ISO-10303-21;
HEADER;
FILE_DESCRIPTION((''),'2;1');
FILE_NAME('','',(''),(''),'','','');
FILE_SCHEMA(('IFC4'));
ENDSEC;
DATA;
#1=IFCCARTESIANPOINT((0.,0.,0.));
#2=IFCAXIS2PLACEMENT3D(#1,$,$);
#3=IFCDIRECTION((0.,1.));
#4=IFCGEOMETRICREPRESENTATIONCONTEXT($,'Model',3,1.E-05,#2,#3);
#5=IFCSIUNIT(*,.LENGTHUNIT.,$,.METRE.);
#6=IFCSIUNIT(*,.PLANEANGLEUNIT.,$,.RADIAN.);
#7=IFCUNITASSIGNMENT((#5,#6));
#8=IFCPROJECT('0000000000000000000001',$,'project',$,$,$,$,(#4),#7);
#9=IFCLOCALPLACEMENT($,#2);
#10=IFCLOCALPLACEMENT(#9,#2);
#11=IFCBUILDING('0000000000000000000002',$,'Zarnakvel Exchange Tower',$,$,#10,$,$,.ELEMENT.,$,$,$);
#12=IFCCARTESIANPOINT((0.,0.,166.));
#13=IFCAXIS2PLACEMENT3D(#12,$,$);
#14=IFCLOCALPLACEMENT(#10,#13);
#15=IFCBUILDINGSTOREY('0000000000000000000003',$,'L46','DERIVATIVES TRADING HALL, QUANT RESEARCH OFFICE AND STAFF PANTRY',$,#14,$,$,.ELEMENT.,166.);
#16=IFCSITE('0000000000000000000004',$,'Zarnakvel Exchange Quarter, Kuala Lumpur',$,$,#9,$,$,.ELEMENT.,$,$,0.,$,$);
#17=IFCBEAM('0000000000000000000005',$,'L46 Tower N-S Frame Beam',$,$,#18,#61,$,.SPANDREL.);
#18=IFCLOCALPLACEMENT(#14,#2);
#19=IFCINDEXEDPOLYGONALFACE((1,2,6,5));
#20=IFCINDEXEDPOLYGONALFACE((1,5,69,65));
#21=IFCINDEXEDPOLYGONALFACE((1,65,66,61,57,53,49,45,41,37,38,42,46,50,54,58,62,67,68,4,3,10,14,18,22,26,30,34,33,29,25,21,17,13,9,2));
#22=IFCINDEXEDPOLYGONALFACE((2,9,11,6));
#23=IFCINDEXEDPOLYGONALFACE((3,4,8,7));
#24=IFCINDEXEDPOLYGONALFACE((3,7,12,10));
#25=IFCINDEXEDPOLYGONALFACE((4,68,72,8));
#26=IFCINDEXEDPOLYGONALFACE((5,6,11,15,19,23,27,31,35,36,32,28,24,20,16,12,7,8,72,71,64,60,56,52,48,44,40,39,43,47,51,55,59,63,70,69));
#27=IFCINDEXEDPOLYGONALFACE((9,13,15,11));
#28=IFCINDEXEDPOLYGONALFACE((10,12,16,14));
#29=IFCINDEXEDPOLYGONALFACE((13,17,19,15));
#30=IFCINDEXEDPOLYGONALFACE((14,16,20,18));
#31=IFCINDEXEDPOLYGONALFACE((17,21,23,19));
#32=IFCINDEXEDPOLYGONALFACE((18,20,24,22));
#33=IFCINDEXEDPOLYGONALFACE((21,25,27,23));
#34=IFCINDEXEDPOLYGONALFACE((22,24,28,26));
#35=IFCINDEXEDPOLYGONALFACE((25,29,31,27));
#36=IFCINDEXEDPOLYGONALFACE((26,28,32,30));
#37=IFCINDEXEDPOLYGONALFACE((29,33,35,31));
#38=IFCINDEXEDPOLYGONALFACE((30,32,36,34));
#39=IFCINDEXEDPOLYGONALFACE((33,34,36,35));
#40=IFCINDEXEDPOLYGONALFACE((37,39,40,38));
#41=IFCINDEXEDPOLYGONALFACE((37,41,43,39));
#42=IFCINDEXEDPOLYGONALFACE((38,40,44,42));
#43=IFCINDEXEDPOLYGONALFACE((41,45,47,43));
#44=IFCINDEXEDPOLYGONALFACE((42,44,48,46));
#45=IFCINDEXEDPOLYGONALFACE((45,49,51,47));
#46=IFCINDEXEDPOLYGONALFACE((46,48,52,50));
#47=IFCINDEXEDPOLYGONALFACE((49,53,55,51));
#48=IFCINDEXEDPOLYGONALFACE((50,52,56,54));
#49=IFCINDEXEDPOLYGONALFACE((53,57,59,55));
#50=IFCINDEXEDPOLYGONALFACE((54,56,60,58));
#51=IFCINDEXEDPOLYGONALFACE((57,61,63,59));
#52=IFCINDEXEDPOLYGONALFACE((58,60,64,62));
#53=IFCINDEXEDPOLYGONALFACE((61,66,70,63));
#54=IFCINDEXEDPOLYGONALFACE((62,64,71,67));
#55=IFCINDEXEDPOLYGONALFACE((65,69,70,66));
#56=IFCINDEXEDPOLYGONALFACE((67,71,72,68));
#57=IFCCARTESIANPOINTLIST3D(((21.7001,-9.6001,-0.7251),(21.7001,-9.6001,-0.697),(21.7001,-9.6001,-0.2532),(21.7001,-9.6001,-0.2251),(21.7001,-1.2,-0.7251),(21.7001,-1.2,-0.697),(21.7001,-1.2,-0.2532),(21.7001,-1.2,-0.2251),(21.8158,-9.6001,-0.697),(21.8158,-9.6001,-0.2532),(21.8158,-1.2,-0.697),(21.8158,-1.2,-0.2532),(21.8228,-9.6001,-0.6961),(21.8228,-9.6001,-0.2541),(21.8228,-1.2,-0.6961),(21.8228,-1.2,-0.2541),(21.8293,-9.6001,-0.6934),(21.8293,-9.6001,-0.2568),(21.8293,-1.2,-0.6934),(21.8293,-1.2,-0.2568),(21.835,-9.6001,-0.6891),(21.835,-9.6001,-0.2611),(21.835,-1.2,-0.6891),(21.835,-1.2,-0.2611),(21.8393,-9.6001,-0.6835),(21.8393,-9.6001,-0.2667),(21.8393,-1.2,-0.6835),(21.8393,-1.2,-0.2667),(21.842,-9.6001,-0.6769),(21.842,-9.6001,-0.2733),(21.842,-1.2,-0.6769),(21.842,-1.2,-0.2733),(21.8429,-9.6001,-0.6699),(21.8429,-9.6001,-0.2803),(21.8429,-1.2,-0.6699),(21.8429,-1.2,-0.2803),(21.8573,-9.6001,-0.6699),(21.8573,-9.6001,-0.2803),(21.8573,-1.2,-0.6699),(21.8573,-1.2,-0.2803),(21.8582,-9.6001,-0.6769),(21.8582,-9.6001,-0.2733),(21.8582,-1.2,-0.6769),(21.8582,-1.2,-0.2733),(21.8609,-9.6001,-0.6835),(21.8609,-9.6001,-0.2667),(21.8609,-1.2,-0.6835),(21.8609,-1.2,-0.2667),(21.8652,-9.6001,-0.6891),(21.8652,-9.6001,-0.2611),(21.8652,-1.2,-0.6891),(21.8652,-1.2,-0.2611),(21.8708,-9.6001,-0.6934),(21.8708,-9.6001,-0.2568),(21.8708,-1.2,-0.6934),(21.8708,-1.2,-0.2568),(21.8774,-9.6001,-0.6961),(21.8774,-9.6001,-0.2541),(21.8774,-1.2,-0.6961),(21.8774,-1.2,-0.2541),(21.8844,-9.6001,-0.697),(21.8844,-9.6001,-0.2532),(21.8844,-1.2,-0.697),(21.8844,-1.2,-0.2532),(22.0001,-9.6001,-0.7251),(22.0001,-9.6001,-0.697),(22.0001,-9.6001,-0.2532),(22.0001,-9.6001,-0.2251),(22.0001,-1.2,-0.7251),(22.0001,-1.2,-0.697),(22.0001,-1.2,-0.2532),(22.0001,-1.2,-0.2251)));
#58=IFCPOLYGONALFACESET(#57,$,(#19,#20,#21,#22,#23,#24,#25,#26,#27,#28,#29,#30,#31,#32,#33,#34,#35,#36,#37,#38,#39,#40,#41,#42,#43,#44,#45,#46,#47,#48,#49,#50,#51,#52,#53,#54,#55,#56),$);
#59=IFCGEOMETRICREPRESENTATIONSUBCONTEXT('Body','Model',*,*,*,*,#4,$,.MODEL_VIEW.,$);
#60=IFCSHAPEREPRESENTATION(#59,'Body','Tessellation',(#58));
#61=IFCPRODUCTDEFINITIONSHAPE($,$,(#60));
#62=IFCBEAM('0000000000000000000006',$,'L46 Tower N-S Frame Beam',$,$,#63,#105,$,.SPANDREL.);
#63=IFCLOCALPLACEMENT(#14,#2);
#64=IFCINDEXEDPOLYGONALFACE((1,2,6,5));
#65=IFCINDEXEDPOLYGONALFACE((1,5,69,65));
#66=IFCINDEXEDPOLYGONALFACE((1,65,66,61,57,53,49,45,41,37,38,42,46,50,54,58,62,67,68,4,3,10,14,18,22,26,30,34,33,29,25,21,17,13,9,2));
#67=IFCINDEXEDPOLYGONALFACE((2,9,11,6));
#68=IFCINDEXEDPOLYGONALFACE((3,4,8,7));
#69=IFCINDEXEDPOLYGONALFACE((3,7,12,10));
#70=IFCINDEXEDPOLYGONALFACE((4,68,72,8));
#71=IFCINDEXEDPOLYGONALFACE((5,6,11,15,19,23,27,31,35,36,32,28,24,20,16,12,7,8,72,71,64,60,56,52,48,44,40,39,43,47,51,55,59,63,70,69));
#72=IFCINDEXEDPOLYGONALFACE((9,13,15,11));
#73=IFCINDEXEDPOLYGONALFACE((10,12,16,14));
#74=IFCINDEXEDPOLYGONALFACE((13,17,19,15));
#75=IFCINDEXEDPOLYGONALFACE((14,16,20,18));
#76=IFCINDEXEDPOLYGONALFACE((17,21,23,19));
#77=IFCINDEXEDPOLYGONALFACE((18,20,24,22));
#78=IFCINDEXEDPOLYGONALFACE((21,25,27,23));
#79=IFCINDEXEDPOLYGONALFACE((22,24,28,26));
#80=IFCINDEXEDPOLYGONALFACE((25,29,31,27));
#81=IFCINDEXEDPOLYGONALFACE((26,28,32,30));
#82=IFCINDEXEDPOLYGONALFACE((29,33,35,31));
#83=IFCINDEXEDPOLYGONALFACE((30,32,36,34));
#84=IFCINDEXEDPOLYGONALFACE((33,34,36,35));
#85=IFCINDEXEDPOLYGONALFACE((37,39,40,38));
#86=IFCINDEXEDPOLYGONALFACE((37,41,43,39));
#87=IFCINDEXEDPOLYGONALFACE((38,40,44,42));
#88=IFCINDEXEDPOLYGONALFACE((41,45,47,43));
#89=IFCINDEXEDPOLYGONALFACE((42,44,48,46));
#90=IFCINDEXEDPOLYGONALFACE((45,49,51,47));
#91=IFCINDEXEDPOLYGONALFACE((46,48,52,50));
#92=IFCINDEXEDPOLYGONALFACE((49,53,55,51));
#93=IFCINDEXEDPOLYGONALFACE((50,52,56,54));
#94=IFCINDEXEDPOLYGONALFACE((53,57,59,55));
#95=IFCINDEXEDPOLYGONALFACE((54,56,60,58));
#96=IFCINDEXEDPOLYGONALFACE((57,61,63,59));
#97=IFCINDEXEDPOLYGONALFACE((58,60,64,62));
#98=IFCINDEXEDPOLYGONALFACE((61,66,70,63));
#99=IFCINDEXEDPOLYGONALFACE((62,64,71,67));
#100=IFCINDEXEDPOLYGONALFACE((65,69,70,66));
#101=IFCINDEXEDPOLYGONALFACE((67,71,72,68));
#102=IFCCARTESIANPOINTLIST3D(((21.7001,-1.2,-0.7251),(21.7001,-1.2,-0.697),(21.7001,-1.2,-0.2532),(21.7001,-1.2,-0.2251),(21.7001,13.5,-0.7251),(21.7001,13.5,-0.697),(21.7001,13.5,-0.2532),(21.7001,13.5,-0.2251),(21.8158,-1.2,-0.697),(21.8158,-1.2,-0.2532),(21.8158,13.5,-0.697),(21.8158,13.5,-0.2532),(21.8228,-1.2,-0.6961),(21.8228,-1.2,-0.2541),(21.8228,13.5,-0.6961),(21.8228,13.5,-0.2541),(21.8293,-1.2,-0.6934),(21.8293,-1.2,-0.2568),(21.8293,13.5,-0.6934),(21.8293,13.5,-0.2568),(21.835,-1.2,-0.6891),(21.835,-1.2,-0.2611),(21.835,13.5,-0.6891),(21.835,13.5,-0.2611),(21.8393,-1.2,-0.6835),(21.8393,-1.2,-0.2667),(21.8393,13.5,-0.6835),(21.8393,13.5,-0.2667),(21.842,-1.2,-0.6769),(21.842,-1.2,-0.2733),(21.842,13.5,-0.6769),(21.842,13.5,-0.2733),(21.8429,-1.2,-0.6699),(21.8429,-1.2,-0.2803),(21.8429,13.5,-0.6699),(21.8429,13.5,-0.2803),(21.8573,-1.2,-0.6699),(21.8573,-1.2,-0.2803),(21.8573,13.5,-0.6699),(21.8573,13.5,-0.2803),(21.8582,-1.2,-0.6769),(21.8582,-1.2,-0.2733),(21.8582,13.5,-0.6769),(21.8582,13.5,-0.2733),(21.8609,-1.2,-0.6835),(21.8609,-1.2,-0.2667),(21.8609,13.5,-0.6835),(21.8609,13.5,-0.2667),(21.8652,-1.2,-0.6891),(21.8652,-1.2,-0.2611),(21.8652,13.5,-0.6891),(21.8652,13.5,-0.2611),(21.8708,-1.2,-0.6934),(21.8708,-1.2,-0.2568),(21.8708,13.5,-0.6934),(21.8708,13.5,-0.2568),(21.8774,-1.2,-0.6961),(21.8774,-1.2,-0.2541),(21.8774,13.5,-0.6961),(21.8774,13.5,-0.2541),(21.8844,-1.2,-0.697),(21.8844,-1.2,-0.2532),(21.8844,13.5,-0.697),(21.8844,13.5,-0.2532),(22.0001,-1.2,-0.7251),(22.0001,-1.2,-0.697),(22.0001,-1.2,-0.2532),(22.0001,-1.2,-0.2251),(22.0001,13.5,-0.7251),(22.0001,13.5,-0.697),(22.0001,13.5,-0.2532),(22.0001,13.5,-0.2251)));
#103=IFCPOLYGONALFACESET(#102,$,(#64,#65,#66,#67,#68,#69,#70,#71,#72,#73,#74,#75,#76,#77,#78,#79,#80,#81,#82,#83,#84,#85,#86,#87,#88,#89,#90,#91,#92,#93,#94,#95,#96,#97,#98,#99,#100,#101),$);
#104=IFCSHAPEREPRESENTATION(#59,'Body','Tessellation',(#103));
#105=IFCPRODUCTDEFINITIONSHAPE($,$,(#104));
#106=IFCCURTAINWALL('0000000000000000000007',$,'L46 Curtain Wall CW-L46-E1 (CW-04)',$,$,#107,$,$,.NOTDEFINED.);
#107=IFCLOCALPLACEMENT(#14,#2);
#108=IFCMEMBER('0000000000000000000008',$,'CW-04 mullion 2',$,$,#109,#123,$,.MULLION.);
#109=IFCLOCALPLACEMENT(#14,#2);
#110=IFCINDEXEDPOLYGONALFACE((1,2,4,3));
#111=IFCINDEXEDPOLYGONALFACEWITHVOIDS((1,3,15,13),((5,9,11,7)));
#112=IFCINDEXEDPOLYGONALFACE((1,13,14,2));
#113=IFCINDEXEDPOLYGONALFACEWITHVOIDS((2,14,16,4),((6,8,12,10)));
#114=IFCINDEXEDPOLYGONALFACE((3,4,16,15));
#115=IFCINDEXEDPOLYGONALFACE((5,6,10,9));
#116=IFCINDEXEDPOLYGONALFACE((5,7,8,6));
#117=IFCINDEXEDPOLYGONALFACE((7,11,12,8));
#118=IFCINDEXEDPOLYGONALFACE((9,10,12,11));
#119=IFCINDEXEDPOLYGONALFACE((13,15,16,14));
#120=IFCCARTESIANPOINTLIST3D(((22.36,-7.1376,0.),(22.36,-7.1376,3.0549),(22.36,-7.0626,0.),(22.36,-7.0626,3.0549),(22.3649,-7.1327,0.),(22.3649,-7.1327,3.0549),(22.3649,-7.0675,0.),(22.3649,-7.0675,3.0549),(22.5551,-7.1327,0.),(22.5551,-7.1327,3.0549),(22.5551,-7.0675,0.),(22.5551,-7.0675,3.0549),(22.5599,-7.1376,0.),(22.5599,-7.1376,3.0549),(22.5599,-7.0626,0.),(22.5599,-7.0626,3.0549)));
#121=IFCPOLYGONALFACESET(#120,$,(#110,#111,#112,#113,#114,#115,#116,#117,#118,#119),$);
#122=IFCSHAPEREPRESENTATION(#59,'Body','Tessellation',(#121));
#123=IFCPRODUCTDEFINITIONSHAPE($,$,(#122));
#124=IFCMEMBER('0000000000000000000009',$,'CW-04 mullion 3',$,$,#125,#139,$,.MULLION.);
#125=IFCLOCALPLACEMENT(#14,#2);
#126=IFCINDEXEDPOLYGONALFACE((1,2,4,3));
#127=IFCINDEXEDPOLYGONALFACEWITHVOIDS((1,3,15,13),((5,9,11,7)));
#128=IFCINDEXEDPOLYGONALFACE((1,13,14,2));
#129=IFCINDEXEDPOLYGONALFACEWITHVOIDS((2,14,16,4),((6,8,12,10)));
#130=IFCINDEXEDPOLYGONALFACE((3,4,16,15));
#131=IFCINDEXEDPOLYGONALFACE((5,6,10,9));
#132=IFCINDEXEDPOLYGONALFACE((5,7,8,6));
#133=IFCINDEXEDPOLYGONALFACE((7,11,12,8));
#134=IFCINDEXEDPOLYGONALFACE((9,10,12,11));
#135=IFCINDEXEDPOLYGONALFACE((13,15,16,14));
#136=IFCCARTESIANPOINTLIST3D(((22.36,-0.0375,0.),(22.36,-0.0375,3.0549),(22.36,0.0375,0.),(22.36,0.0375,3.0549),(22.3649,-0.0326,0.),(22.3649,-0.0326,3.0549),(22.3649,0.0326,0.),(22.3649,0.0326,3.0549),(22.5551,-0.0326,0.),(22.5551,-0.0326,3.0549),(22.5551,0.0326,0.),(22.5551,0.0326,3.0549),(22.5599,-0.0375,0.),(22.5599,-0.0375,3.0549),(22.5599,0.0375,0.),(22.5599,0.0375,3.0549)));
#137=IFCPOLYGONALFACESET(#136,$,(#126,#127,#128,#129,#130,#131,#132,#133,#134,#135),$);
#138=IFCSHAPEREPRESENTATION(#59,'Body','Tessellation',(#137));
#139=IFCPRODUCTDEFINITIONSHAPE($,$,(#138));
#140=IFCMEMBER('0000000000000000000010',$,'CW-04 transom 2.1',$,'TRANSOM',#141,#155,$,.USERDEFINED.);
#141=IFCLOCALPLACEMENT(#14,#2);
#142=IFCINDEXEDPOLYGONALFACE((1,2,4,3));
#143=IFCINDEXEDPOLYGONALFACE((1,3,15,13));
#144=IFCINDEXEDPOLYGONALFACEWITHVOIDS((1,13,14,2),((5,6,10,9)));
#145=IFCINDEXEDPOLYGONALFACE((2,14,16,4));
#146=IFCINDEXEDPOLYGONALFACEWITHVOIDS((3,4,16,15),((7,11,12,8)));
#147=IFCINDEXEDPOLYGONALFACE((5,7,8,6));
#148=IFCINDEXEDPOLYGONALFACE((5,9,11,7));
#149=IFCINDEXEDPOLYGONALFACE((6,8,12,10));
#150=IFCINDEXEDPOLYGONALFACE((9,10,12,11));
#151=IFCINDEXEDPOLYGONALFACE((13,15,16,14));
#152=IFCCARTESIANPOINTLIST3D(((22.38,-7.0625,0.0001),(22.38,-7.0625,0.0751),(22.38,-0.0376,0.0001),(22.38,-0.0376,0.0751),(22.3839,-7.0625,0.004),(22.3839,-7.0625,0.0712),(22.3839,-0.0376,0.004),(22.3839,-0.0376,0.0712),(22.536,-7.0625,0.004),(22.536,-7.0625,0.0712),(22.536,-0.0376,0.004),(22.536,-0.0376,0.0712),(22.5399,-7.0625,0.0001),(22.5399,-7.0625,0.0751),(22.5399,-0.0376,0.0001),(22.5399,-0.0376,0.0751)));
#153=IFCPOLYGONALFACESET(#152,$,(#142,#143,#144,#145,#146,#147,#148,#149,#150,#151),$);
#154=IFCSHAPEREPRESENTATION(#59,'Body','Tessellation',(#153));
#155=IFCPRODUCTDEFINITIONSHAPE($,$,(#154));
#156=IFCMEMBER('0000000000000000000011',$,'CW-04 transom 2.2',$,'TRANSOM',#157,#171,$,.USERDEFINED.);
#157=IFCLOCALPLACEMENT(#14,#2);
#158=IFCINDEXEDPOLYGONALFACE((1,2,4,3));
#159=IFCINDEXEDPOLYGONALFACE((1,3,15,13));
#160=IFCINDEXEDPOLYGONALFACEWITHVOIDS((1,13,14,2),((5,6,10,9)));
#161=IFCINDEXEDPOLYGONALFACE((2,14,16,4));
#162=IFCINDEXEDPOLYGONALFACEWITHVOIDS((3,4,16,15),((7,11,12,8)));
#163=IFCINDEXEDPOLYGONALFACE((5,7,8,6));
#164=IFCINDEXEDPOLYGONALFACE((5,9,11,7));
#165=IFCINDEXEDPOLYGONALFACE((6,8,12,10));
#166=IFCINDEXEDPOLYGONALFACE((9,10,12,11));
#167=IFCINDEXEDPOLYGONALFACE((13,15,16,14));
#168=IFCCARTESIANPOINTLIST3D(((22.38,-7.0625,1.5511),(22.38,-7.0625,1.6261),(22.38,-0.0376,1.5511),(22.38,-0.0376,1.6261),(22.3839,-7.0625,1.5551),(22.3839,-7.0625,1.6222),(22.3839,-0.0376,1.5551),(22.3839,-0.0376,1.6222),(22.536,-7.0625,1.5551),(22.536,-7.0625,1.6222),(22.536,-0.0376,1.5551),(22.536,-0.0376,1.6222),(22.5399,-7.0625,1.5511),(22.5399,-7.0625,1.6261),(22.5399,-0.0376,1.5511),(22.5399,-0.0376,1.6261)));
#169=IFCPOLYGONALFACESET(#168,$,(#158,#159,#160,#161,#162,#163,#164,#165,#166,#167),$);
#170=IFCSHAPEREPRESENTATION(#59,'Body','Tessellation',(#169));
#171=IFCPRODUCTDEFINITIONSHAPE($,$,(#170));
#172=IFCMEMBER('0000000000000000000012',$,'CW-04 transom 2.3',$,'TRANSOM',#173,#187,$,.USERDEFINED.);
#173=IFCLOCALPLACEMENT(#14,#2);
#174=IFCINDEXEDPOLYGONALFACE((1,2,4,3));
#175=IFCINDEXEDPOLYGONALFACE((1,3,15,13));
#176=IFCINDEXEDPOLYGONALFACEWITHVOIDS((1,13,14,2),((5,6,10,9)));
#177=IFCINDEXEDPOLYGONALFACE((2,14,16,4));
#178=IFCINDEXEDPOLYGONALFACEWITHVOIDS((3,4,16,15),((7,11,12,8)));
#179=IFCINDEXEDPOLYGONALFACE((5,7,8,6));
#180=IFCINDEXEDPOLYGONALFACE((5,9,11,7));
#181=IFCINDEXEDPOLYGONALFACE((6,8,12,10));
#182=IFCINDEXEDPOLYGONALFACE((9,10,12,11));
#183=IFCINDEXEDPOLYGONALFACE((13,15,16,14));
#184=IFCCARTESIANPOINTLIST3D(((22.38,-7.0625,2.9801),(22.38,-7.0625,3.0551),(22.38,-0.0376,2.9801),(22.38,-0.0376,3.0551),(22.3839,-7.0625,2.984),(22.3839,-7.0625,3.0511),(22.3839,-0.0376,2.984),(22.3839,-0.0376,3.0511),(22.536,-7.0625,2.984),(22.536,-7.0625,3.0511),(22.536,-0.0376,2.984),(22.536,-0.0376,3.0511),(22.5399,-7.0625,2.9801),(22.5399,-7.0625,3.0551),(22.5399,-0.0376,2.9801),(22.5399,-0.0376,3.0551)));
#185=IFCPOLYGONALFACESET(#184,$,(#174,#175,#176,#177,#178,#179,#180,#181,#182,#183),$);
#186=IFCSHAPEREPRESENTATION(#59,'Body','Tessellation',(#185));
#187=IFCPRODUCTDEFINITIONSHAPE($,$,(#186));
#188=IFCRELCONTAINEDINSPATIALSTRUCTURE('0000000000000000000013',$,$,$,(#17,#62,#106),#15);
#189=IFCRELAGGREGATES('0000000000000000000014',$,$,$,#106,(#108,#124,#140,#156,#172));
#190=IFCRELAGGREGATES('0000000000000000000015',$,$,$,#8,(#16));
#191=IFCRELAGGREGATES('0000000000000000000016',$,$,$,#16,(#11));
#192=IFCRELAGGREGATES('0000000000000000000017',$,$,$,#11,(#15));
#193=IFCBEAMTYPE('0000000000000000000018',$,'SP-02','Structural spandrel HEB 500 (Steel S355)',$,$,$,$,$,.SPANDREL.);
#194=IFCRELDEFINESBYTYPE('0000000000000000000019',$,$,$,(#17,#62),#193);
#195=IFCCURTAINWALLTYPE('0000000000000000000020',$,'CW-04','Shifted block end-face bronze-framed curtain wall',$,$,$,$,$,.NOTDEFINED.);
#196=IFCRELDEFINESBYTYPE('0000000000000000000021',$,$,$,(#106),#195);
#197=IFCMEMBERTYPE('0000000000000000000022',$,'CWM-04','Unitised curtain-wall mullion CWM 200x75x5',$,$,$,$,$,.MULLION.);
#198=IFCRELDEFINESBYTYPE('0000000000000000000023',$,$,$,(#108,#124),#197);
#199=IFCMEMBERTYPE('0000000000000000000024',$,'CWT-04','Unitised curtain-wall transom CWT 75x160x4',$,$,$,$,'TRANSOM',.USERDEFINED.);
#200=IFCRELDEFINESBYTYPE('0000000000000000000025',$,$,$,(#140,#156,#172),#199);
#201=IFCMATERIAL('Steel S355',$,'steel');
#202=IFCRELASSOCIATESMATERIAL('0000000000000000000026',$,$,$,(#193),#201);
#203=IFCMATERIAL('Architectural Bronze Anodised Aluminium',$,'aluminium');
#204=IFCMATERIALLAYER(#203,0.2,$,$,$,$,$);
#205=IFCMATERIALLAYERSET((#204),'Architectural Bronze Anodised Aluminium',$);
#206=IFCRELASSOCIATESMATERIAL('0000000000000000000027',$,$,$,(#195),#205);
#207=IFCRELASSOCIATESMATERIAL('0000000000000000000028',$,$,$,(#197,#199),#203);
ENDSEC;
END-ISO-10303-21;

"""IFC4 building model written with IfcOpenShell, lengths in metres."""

from ifc_helpers import new_model, si_unit, direction, frame, origin, origin_2d, place, context, subcontext, project, spatial, hollow_rectangle, i_section, extrude, source, transform, mapped, material, layer, layer_set, material_profile, profile_set, type_object, element, aggregate, save


model = new_model("IFC4")

# Units and contexts
model_context = context("Model", 3, precision=1e-05, world=origin(), true_north=direction((0.0, 1.0)))
body_context = subcontext(model_context, "Body", "Model", "MODEL_VIEW")
ifc_project = project(units=[si_unit("LENGTHUNIT", "METRE"), si_unit("PLANEANGLEUNIT", "RADIAN")], contexts=[model_context])

# Site, building, storey
site_placement = place(None, origin())
site = spatial("IfcSite", under=ifc_project, at=site_placement, Name="Zarnakvel Exchange Quarter, Kuala Lumpur", CompositionType="ELEMENT", RefElevation=0.0)
building_placement = place(site_placement, origin())
building = spatial("IfcBuilding", under=site, at=building_placement, Name="Zarnakvel Exchange Tower", CompositionType="ELEMENT")
storey_placement = place(building_placement, frame((0.0, 0.0, 166.0)))
storey = spatial("IfcBuildingStorey", under=building, at=storey_placement, Name="L46", Description="DERIVATIVES TRADING HALL, QUANT RESEARCH OFFICE AND STAFF PANTRY", CompositionType="ELEMENT", Elevation=166.0)

# Shared definitions
ifc_material_1 = material(Name="Steel S355", Category="steel")

# Beams
ifc_material_profile_1 = material_profile(ifc_material_1, i_section(OverallWidth=0.3, OverallDepth=0.5, WebThickness=0.0144, FlangeThickness=0.0281, FilletRadius=0.0271, at=origin_2d()))
ifc_profile_set_1 = profile_set([ifc_material_profile_1], Name="Steel S355")
beam_type_1 = type_object("IfcBeamType", Name="SP-02", Description="Structural spandrel HEB 500 (Steel S355)", PredefinedType="SPANDREL", material=ifc_profile_set_1)
beam_1_placement = place(storey_placement, frame((21.8501, -9.6001, -0.4751), z_axis=(0.0, 1.0, 0.0), x_axis=(-1.0, 0.0, 0.0)))
element("IfcBeam", 1, at=beam_1_placement, inside=storey, type_object=beam_type_1, Name="L46 Tower N-S Frame Beam", PredefinedType="SPANDREL", context=body_context, shape_type="SweptSolid", body=[
    extrude(i_section(OverallWidth=0.3, OverallDepth=0.5, WebThickness=0.0144, FlangeThickness=0.0281, FilletRadius=0.0271, at=origin_2d()), origin(), (0.0, 0.0, 1.0), 8.4001),
])
beam_2_placement = place(storey_placement, frame((21.8501, -1.2, -0.4751), z_axis=(0.0, 1.0, 0.0), x_axis=(-1.0, 0.0, 0.0)))
element("IfcBeam", 2, at=beam_2_placement, inside=storey, type_object=beam_type_1, Name="L46 Tower N-S Frame Beam", PredefinedType="SPANDREL", context=body_context, shape_type="SweptSolid", body=[
    extrude(i_section(OverallWidth=0.3, OverallDepth=0.5, WebThickness=0.0144, FlangeThickness=0.0281, FilletRadius=0.0271, at=origin_2d()), origin(), (0.0, 0.0, 1.0), 14.7),
])

# Curtain wall, members
ifc_material_2 = material(Name="Architectural Bronze Anodised Aluminium", Category="aluminium")
ifc_layer_1 = layer(ifc_material_2, 0.2)
ifc_layer_set_1 = layer_set([ifc_layer_1], Name="Architectural Bronze Anodised Aluminium")
curtain_wall_type = type_object("IfcCurtainWallType", Name="CW-04", Description="Shifted block end-face bronze-framed curtain wall", PredefinedType="NOTDEFINED", material=ifc_layer_set_1)
curtain_wall_placement = place(storey_placement, origin())
curtain_wall = element("IfcCurtainWall", 3, at=curtain_wall_placement, inside=storey, type_object=curtain_wall_type, Name="L46 Curtain Wall CW-L46-E1 (CW-04)", PredefinedType="NOTDEFINED")
ifc_material_profile_2 = material_profile(ifc_material_2, hollow_rectangle(XDim=0.2, YDim=0.075, WallThickness=0.0049, at=origin_2d()))
ifc_profile_set_2 = profile_set([ifc_material_profile_2], Name="Architectural Bronze Anodised Aluminium")
member_type_1 = type_object("IfcMemberType", Name="CWM-04", Description="Unitised curtain-wall mullion CWM 200x75x5", PredefinedType="MULLION", material=ifc_profile_set_2)
shared_shape_1 = source(origin(), body_context, "Body", "SweptSolid", [
    extrude(hollow_rectangle(XDim=0.2, YDim=0.075, WallThickness=0.0049, at=origin_2d()), origin(), (0.0, 0.0, 1.0), 3.0549),
])
member_1_placement = place(storey_placement, frame((22.46, -7.1001, 0.0), z_axis=(0.0, 0.0, 1.0), x_axis=(-1.0, 0.0, 0.0)))
member_1 = element("IfcMember", 4, at=member_1_placement, type_object=member_type_1, Name="CW-04 mullion 2", PredefinedType="MULLION", context=body_context, shape_type="MappedRepresentation", body=[
    mapped(shared_shape_1, transform((0.0, 0.0, 0.0), x_axis=(1.0, 0.0, 0.0), y_axis=(0.0, 1.0, 0.0), z_axis=(0.0, 0.0, 1.0), scale=1.0)),
])
member_2_placement = place(storey_placement, frame((22.46, 0.0, 0.0), z_axis=(0.0, 0.0, 1.0), x_axis=(-1.0, 0.0, 0.0)))
member_2 = element("IfcMember", 5, at=member_2_placement, type_object=member_type_1, Name="CW-04 mullion 3", PredefinedType="MULLION", context=body_context, shape_type="MappedRepresentation", body=[
    mapped(shared_shape_1, transform((0.0, 0.0, 0.0), x_axis=(1.0, 0.0, 0.0), y_axis=(0.0, 1.0, 0.0), z_axis=(0.0, 0.0, 1.0), scale=1.0)),
])
ifc_material_profile_3 = material_profile(ifc_material_2, hollow_rectangle(XDim=0.1599, YDim=0.075, WallThickness=0.0039, at=origin_2d()))
ifc_profile_set_3 = profile_set([ifc_material_profile_3], Name="Architectural Bronze Anodised Aluminium")
member_type_2 = type_object("IfcMemberType", Name="CWT-04", Description="Unitised curtain-wall transom CWT 75x160x4", ElementType="TRANSOM", PredefinedType="USERDEFINED", material=ifc_profile_set_3)
shared_shape_2 = source(origin(), body_context, "Body", "SweptSolid", [
    extrude(hollow_rectangle(XDim=0.1599, YDim=0.075, WallThickness=0.0039, at=origin_2d()), origin(), (0.0, 0.0, 1.0), 7.0249),
])
member_3_placement = place(storey_placement, frame((22.46, -7.0625, 0.0376), z_axis=(0.0, 1.0, 0.0), x_axis=(-1.0, 0.0, 0.0)))
member_3 = element("IfcMember", 6, at=member_3_placement, type_object=member_type_2, Name="CW-04 transom 2.1", ObjectType="TRANSOM", PredefinedType="USERDEFINED", context=body_context, shape_type="MappedRepresentation", body=[
    mapped(shared_shape_2, transform((0.0, 0.0, 0.0), x_axis=(1.0, 0.0, 0.0), y_axis=(0.0, 1.0, 0.0), z_axis=(0.0, 0.0, 1.0), scale=1.0)),
])
member_4_placement = place(storey_placement, frame((22.46, -7.0625, 1.5886), z_axis=(0.0, 1.0, 0.0), x_axis=(-1.0, 0.0, 0.0)))
member_4 = element("IfcMember", 7, at=member_4_placement, type_object=member_type_2, Name="CW-04 transom 2.2", ObjectType="TRANSOM", PredefinedType="USERDEFINED", context=body_context, shape_type="MappedRepresentation", body=[
    mapped(shared_shape_2, transform((0.0, 0.0, 0.0), x_axis=(1.0, 0.0, 0.0), y_axis=(0.0, 1.0, 0.0), z_axis=(0.0, 0.0, 1.0), scale=1.0)),
])
member_5_placement = place(storey_placement, frame((22.46, -7.0625, 3.0176), z_axis=(0.0, 1.0, 0.0), x_axis=(-1.0, 0.0, 0.0)))
member_5 = element("IfcMember", 8, at=member_5_placement, type_object=member_type_2, Name="CW-04 transom 2.3", ObjectType="TRANSOM", PredefinedType="USERDEFINED", context=body_context, shape_type="MappedRepresentation", body=[
    mapped(shared_shape_2, transform((0.0, 0.0, 0.0), x_axis=(1.0, 0.0, 0.0), y_axis=(0.0, 1.0, 0.0), z_axis=(0.0, 0.0, 1.0), scale=1.0)),
])
aggregate(curtain_wall, [member_1, member_2, member_3, member_4, member_5])

save(model, "model.ifc")
